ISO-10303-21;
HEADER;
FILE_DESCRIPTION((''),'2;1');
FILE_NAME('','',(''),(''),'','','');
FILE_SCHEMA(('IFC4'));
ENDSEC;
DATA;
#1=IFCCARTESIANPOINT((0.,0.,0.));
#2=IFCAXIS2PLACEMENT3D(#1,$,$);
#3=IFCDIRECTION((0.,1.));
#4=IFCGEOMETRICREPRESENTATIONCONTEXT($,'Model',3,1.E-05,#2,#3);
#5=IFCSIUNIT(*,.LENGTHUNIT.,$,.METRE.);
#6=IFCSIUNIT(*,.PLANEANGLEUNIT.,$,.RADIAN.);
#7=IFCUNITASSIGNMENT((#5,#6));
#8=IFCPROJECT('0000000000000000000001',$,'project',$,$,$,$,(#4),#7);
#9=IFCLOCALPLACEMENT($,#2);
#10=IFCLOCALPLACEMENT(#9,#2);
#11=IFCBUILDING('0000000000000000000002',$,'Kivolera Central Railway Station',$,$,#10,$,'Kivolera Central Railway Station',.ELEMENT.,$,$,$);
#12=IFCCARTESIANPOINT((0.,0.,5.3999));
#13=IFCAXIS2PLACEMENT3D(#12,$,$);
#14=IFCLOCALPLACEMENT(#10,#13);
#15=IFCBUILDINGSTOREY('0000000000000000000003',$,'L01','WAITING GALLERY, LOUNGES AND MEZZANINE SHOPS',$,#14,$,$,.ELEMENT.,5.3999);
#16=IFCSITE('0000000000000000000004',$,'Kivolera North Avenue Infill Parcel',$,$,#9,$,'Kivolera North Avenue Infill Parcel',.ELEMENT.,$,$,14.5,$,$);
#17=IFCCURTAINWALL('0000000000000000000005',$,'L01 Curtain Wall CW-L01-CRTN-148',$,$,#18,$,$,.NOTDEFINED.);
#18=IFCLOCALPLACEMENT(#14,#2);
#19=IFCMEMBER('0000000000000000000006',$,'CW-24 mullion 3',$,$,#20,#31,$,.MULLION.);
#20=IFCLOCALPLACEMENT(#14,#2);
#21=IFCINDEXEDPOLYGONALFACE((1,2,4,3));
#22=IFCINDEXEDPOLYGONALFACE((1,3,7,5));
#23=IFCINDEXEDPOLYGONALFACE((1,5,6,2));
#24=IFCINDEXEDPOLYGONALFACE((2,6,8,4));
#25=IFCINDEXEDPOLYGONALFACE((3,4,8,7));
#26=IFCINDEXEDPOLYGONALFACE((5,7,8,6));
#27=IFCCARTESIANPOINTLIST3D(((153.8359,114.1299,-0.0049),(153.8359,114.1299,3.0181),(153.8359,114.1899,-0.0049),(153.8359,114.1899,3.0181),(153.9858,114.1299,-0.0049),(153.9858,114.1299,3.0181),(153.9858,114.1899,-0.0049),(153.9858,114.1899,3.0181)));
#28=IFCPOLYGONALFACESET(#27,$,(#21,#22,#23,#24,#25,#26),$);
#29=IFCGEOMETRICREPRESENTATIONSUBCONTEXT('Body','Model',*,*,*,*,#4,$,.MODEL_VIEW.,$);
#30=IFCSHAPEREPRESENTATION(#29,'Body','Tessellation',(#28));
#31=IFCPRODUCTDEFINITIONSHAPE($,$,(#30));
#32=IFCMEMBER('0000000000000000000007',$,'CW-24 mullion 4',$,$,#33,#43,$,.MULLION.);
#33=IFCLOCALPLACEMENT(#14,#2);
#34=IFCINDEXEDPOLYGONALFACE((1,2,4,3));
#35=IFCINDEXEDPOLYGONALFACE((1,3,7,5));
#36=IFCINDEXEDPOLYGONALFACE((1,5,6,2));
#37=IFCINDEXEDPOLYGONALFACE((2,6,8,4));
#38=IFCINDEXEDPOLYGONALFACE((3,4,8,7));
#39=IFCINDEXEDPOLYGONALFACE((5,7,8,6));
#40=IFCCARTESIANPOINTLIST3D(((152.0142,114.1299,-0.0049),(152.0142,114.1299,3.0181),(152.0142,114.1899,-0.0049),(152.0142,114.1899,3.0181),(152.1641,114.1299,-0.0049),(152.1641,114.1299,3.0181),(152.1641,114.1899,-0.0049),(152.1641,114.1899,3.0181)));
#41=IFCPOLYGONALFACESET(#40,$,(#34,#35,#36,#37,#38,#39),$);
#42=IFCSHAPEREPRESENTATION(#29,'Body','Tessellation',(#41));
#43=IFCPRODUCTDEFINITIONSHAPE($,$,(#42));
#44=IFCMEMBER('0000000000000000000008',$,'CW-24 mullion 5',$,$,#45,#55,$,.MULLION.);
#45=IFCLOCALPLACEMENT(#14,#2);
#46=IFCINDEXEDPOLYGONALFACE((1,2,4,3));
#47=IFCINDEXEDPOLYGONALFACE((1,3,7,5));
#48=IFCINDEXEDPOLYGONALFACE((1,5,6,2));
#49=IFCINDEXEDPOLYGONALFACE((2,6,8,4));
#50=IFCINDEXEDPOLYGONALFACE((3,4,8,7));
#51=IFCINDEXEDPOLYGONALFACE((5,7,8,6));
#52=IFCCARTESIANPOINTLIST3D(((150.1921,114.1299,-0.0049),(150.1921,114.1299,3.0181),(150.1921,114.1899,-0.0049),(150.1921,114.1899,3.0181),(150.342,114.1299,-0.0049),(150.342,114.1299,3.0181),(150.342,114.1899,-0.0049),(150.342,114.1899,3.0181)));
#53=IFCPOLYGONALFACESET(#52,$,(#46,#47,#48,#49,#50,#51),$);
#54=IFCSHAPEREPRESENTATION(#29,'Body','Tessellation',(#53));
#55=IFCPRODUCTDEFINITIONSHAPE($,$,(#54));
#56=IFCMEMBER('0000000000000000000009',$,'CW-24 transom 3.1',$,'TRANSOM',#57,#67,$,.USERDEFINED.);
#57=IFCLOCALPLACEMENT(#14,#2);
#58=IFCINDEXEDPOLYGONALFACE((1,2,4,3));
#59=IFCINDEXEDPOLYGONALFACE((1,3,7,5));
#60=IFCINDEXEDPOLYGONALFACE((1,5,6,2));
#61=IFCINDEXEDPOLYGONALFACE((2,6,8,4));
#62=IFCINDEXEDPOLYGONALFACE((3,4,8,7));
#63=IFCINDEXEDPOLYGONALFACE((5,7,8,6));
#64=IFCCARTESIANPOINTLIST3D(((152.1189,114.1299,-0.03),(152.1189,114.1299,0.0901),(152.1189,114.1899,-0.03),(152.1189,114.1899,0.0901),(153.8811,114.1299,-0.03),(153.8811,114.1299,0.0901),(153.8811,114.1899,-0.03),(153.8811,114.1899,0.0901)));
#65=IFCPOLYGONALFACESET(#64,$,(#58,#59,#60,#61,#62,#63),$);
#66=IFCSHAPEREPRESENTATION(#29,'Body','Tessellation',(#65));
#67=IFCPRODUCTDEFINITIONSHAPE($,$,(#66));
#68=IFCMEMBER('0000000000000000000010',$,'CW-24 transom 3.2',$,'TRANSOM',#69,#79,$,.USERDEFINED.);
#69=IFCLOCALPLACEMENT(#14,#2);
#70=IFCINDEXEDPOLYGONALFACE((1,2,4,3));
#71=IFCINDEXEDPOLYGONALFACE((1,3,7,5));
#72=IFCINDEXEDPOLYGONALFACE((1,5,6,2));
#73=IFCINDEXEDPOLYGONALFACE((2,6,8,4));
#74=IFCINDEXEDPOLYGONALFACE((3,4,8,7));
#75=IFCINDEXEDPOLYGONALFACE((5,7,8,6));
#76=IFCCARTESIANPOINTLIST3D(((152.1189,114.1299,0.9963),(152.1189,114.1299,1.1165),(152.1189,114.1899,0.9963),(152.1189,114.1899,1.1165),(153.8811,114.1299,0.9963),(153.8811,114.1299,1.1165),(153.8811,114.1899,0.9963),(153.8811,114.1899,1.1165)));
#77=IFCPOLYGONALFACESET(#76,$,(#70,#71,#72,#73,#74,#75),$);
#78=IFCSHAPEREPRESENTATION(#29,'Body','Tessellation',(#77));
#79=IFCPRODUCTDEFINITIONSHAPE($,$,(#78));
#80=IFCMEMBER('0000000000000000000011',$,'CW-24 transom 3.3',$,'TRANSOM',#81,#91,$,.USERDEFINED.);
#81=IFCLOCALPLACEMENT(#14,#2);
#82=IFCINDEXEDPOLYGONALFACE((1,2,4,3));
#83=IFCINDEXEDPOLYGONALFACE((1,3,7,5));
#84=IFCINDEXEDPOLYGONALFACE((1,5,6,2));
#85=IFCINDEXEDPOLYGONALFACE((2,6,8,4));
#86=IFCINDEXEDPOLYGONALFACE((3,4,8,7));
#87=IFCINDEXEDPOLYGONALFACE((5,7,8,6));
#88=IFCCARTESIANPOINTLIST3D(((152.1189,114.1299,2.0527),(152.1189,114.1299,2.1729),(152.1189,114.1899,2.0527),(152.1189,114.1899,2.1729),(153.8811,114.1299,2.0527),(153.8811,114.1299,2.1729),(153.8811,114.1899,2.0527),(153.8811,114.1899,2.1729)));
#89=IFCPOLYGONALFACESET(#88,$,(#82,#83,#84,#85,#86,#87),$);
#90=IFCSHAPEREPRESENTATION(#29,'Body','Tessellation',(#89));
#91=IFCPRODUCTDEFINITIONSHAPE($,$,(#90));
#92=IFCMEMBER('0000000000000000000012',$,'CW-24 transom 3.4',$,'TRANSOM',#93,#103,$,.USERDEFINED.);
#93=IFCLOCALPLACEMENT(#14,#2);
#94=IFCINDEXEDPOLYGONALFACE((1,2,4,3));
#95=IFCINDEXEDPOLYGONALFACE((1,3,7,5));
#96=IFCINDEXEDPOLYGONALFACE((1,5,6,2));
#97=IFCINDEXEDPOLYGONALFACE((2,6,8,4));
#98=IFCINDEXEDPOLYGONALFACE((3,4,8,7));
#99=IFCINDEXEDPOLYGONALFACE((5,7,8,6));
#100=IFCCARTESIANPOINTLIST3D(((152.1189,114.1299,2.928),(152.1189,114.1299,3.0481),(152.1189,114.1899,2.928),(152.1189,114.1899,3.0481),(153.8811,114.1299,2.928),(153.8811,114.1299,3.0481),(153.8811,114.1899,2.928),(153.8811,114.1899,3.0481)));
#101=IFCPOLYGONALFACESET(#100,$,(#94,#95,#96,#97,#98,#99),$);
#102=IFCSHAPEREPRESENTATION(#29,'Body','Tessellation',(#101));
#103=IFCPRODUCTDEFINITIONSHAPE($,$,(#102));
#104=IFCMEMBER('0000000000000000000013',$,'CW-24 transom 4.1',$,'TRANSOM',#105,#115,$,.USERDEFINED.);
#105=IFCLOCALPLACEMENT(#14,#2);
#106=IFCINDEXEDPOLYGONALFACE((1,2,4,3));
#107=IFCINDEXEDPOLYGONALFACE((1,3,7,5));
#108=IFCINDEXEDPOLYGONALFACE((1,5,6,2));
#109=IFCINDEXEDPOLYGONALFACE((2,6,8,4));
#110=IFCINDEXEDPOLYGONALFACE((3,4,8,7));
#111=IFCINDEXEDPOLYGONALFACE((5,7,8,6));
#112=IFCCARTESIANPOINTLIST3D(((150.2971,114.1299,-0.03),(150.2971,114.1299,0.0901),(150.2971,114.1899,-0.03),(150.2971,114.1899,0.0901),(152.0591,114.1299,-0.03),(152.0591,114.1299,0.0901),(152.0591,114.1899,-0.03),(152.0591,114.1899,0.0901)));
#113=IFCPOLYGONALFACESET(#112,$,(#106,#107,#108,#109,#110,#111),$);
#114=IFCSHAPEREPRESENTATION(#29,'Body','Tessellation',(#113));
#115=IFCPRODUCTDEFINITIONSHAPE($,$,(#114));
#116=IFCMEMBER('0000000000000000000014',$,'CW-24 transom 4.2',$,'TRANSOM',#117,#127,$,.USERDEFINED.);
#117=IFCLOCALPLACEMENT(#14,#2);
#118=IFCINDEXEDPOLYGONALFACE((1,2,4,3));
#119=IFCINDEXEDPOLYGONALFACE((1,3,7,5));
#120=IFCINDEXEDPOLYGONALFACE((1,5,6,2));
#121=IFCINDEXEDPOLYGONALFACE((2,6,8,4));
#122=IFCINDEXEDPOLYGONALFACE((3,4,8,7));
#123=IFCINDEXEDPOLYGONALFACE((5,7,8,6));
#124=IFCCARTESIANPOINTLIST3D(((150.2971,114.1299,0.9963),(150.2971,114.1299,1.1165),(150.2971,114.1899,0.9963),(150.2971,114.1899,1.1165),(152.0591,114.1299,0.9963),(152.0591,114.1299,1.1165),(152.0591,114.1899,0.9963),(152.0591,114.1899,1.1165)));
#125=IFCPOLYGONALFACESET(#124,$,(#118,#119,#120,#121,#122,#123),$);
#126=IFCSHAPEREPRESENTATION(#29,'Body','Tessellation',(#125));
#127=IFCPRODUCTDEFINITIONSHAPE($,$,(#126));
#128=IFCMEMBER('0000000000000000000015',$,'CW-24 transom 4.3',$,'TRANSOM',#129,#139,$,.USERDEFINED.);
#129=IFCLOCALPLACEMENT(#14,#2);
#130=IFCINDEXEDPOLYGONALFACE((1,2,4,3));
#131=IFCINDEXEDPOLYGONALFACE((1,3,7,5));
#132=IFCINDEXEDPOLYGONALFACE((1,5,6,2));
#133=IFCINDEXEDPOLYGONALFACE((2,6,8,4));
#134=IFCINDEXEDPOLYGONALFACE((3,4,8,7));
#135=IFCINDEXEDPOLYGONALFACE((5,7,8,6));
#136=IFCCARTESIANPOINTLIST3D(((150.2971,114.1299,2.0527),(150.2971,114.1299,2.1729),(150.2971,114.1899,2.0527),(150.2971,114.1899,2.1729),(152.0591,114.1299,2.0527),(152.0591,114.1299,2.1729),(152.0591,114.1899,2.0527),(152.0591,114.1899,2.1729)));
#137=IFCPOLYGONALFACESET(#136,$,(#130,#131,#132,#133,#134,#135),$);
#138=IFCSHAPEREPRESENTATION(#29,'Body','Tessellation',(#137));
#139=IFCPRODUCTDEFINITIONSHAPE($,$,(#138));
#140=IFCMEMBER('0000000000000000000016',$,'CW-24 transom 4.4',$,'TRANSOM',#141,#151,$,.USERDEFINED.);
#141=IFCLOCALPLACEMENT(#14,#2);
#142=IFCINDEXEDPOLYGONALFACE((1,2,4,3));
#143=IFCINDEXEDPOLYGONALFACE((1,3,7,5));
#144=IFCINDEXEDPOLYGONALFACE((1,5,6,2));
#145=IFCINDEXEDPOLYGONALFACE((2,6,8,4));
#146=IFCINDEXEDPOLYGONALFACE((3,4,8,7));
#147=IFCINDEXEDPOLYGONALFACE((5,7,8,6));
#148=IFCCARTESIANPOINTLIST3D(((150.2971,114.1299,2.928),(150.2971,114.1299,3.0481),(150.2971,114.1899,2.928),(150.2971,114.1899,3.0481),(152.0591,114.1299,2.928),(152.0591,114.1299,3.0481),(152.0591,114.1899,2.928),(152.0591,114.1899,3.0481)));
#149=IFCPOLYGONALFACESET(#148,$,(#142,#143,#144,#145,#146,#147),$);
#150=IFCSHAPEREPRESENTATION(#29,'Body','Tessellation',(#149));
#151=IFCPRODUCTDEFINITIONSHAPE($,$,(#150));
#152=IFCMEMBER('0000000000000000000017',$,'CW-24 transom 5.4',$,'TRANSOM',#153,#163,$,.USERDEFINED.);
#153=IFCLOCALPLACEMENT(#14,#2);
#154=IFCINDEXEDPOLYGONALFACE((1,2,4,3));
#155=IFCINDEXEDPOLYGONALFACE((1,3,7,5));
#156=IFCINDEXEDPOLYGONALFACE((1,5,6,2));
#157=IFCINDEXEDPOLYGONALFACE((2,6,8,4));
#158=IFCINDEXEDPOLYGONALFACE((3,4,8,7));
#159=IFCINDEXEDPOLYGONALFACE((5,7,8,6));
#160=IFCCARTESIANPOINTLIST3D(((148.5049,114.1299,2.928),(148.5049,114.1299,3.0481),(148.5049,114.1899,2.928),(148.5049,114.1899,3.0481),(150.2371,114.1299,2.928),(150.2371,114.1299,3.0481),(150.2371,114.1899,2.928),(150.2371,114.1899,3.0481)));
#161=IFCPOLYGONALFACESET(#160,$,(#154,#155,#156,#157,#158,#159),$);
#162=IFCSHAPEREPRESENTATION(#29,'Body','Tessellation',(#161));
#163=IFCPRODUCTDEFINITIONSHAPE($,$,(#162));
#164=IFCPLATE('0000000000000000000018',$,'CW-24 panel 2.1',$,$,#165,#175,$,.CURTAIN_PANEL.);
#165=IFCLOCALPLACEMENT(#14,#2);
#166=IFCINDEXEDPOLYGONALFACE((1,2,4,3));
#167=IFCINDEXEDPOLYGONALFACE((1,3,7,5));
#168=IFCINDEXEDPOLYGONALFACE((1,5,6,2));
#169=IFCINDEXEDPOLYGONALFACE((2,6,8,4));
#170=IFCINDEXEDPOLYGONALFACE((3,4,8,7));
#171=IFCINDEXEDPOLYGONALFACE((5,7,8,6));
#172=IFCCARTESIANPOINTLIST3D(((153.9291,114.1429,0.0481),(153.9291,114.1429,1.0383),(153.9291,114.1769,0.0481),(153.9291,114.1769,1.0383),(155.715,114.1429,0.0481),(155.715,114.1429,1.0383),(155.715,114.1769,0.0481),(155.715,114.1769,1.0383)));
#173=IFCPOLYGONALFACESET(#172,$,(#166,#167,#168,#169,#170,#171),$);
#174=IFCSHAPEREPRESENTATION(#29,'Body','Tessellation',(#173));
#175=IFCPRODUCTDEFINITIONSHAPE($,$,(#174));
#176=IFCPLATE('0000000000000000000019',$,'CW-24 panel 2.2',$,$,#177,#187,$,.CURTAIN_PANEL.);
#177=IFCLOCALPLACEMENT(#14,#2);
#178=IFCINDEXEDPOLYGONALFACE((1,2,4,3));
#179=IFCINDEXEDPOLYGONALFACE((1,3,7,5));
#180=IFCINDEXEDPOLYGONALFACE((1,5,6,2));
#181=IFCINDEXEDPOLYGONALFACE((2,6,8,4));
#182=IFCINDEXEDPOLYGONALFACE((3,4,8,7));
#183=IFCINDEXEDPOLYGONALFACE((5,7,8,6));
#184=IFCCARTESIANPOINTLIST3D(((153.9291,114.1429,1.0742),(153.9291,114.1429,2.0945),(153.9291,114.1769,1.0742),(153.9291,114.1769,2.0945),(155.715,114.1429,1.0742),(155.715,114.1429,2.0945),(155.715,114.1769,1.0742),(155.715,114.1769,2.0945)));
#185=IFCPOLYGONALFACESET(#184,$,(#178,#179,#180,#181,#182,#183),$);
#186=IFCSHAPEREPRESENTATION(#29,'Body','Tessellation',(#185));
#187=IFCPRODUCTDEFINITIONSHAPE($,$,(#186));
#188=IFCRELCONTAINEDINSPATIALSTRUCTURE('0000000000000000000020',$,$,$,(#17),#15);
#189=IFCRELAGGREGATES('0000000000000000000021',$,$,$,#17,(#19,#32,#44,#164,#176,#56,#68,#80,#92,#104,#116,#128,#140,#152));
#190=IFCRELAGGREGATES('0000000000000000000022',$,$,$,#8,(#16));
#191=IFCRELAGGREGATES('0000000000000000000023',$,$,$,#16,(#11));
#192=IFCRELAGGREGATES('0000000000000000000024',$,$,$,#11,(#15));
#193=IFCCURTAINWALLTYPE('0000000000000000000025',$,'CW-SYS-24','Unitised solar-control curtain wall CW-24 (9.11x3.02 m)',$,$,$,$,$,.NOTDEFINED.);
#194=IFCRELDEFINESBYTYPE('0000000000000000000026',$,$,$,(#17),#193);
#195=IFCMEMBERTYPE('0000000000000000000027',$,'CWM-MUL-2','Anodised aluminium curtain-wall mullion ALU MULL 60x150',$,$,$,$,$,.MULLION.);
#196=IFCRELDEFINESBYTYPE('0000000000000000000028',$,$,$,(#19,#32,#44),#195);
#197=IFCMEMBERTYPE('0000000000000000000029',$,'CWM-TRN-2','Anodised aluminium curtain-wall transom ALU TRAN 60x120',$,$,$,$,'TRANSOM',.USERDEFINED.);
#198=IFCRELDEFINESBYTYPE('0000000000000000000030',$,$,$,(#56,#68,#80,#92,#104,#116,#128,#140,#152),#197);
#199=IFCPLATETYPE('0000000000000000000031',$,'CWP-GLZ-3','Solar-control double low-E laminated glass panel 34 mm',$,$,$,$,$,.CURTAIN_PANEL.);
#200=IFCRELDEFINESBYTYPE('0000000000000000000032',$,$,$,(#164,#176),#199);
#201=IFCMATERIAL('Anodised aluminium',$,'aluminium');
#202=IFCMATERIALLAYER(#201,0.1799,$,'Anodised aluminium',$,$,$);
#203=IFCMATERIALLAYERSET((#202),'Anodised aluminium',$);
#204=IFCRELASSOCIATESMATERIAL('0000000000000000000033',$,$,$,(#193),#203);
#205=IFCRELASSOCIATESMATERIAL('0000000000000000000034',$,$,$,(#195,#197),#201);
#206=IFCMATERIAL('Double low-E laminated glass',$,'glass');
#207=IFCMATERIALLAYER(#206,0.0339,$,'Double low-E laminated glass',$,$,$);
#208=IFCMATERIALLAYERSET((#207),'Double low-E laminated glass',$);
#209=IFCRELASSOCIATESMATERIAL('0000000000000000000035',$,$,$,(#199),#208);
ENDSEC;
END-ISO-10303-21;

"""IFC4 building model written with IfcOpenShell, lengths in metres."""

from ifc_helpers import new_model, si_unit, direction, frame, origin, origin_2d, place, context, subcontext, project, spatial, rectangle, extrude, material, layer, layer_set, material_profile, profile_set, type_object, element, aggregate, save


model = new_model("IFC4")

# Units and contexts
model_context = context("Model", 3, precision=1e-05, world=origin(), true_north=direction((0.0, 1.0)))
body_context = subcontext(model_context, "Body", "Model", "MODEL_VIEW")
ifc_project = project(units=[si_unit("LENGTHUNIT", "METRE"), si_unit("PLANEANGLEUNIT", "RADIAN")], contexts=[model_context])

# Site, building, storey
site_placement = place(None, origin())
site = spatial("IfcSite", under=ifc_project, at=site_placement, Name="Kivolera North Avenue Infill Parcel", LongName="Kivolera North Avenue Infill Parcel", CompositionType="ELEMENT", RefElevation=14.5)
building_placement = place(site_placement, origin())
building = spatial("IfcBuilding", under=site, at=building_placement, Name="Kivolera Central Railway Station", LongName="Kivolera Central Railway Station", CompositionType="ELEMENT")
storey_placement = place(building_placement, frame((0.0, 0.0, 5.3999)))
storey = spatial("IfcBuildingStorey", under=building, at=storey_placement, Name="L01", Description="WAITING GALLERY, LOUNGES AND MEZZANINE SHOPS", CompositionType="ELEMENT", Elevation=5.3999)

# Curtain wall, members, plates
ifc_material_1 = material(Name="Anodised aluminium", Category="aluminium")
ifc_layer_1 = layer(ifc_material_1, 0.1799, Name="Anodised aluminium")
ifc_layer_set_1 = layer_set([ifc_layer_1], Name="Anodised aluminium")
curtain_wall_type = type_object("IfcCurtainWallType", Name="CW-SYS-24", Description="Unitised solar-control curtain wall CW-24 (9.11x3.02 m)", PredefinedType="NOTDEFINED", material=ifc_layer_set_1)
curtain_wall_placement = place(storey_placement, origin())
curtain_wall = element("IfcCurtainWall", 1, at=curtain_wall_placement, inside=storey, type_object=curtain_wall_type, Name="L01 Curtain Wall CW-L01-CRTN-148", PredefinedType="NOTDEFINED")
ifc_material_profile_1 = material_profile(ifc_material_1, rectangle(XDim=0.0601, YDim=0.1499, at=origin_2d()), Name="ALU MULL 60x150")
ifc_profile_set_1 = profile_set([ifc_material_profile_1], Name="Anodised aluminium")
member_type_1 = type_object("IfcMemberType", Name="CWM-MUL-2", Description="Anodised aluminium curtain-wall mullion ALU MULL 60x150", PredefinedType="MULLION", material=ifc_profile_set_1)
member_1_placement = place(storey_placement, frame((153.9109, 114.1599, -0.0049), z_axis=(0.0, 0.0, 1.0), x_axis=(0.0, -1.0, 0.0)))
member_1 = element("IfcMember", 2, at=member_1_placement, type_object=member_type_1, Name="CW-24 mullion 3", PredefinedType="MULLION", context=body_context, shape_type="SweptSolid", body=[
    extrude(rectangle(XDim=0.0601, YDim=0.1499, at=origin_2d()), origin(), (0.0, 0.0, 1.0), 3.0229),
])
member_2_placement = place(storey_placement, frame((152.0891, 114.1599, -0.0049), z_axis=(0.0, 0.0, 1.0), x_axis=(0.0, -1.0, 0.0)))
member_2 = element("IfcMember", 3, at=member_2_placement, type_object=member_type_1, Name="CW-24 mullion 4", PredefinedType="MULLION", context=body_context, shape_type="SweptSolid", body=[
    extrude(rectangle(XDim=0.0601, YDim=0.1499, at=origin_2d()), origin(), (0.0, 0.0, 1.0), 3.0229),
])
member_3_placement = place(storey_placement, frame((150.2671, 114.1599, -0.0049), z_axis=(0.0, 0.0, 1.0), x_axis=(0.0, -1.0, 0.0)))
member_3 = element("IfcMember", 4, at=member_3_placement, type_object=member_type_1, Name="CW-24 mullion 5", PredefinedType="MULLION", context=body_context, shape_type="SweptSolid", body=[
    extrude(rectangle(XDim=0.0601, YDim=0.1499, at=origin_2d()), origin(), (0.0, 0.0, 1.0), 3.0229),
])
ifc_material_profile_2 = material_profile(ifc_material_1, rectangle(XDim=0.0601, YDim=0.1201, at=origin_2d()), Name="ALU TRAN 60x120")
ifc_profile_set_2 = profile_set([ifc_material_profile_2], Name="Anodised aluminium")
member_type_2 = type_object("IfcMemberType", Name="CWM-TRN-2", Description="Anodised aluminium curtain-wall transom ALU TRAN 60x120", ElementType="TRANSOM", PredefinedType="USERDEFINED", material=ifc_profile_set_2)
member_4_placement = place(storey_placement, frame((153.8811, 114.1599, 0.03), z_axis=(-1.0, 0.0, 0.0), x_axis=(0.0, -1.0, 0.0)))
member_4 = element("IfcMember", 5, at=member_4_placement, type_object=member_type_2, Name="CW-24 transom 3.1", ObjectType="TRANSOM", PredefinedType="USERDEFINED", context=body_context, shape_type="SweptSolid", body=[
    extrude(rectangle(XDim=0.0601, YDim=0.1201, at=origin_2d()), origin(), (0.0, 0.0, 1.0), 1.7622),
])
member_5_placement = place(storey_placement, frame((153.8811, 114.1599, 1.0564), z_axis=(-1.0, 0.0, 0.0), x_axis=(0.0, -1.0, 0.0)))
member_5 = element("IfcMember", 6, at=member_5_placement, type_object=member_type_2, Name="CW-24 transom 3.2", ObjectType="TRANSOM", PredefinedType="USERDEFINED", context=body_context, shape_type="SweptSolid", body=[
    extrude(rectangle(XDim=0.0601, YDim=0.1201, at=origin_2d()), origin(), (0.0, 0.0, 1.0), 1.7622),
])
member_6_placement = place(storey_placement, frame((153.8811, 114.1599, 2.1128), z_axis=(-1.0, 0.0, 0.0), x_axis=(0.0, -1.0, 0.0)))
member_6 = element("IfcMember", 7, at=member_6_placement, type_object=member_type_2, Name="CW-24 transom 3.3", ObjectType="TRANSOM", PredefinedType="USERDEFINED", context=body_context, shape_type="SweptSolid", body=[
    extrude(rectangle(XDim=0.0601, YDim=0.1201, at=origin_2d()), origin(), (0.0, 0.0, 1.0), 1.7622),
])
member_7_placement = place(storey_placement, frame((153.8811, 114.1599, 2.988), z_axis=(-1.0, 0.0, 0.0), x_axis=(0.0, -1.0, 0.0)))
member_7 = element("IfcMember", 8, at=member_7_placement, type_object=member_type_2, Name="CW-24 transom 3.4", ObjectType="TRANSOM", PredefinedType="USERDEFINED", context=body_context, shape_type="SweptSolid", body=[
    extrude(rectangle(XDim=0.0601, YDim=0.1201, at=origin_2d()), origin(), (0.0, 0.0, 1.0), 1.7622),
])
member_8_placement = place(storey_placement, frame((152.0591, 114.1599, 0.03), z_axis=(-1.0, 0.0, 0.0), x_axis=(0.0, -1.0, 0.0)))
member_8 = element("IfcMember", 9, at=member_8_placement, type_object=member_type_2, Name="CW-24 transom 4.1", ObjectType="TRANSOM", PredefinedType="USERDEFINED", context=body_context, shape_type="SweptSolid", body=[
    extrude(rectangle(XDim=0.0601, YDim=0.1201, at=origin_2d()), origin(), (0.0, 0.0, 1.0), 1.762),
])
member_9_placement = place(storey_placement, frame((152.0591, 114.1599, 1.0564), z_axis=(-1.0, 0.0, 0.0), x_axis=(0.0, -1.0, 0.0)))
member_9 = element("IfcMember", 10, at=member_9_placement, type_object=member_type_2, Name="CW-24 transom 4.2", ObjectType="TRANSOM", PredefinedType="USERDEFINED", context=body_context, shape_type="SweptSolid", body=[
    extrude(rectangle(XDim=0.0601, YDim=0.1201, at=origin_2d()), origin(), (0.0, 0.0, 1.0), 1.762),
])
member_10_placement = place(storey_placement, frame((152.0591, 114.1599, 2.1128), z_axis=(-1.0, 0.0, 0.0), x_axis=(0.0, -1.0, 0.0)))
member_10 = element("IfcMember", 11, at=member_10_placement, type_object=member_type_2, Name="CW-24 transom 4.3", ObjectType="TRANSOM", PredefinedType="USERDEFINED", context=body_context, shape_type="SweptSolid", body=[
    extrude(rectangle(XDim=0.0601, YDim=0.1201, at=origin_2d()), origin(), (0.0, 0.0, 1.0), 1.762),
])
member_11_placement = place(storey_placement, frame((152.0591, 114.1599, 2.988), z_axis=(-1.0, 0.0, 0.0), x_axis=(0.0, -1.0, 0.0)))
member_11 = element("IfcMember", 12, at=member_11_placement, type_object=member_type_2, Name="CW-24 transom 4.4", ObjectType="TRANSOM", PredefinedType="USERDEFINED", context=body_context, shape_type="SweptSolid", body=[
    extrude(rectangle(XDim=0.0601, YDim=0.1201, at=origin_2d()), origin(), (0.0, 0.0, 1.0), 1.762),
])
member_12_placement = place(storey_placement, frame((150.2371, 114.1599, 2.988), z_axis=(-1.0, 0.0, 0.0), x_axis=(0.0, -1.0, 0.0)))
member_12 = element("IfcMember", 13, at=member_12_placement, type_object=member_type_2, Name="CW-24 transom 5.4", ObjectType="TRANSOM", PredefinedType="USERDEFINED", context=body_context, shape_type="SweptSolid", body=[
    extrude(rectangle(XDim=0.0601, YDim=0.1201, at=origin_2d()), origin(), (0.0, 0.0, 1.0), 1.7322),
])
ifc_material_2 = material(Name="Double low-E laminated glass", Category="glass")
ifc_layer_2 = layer(ifc_material_2, 0.0339, Name="Double low-E laminated glass")
ifc_layer_set_2 = layer_set([ifc_layer_2], Name="Double low-E laminated glass")
plate_type = type_object("IfcPlateType", Name="CWP-GLZ-3", Description="Solar-control double low-E laminated glass panel 34 mm", PredefinedType="CURTAIN_PANEL", material=ifc_layer_set_2)
plate_1_placement = place(storey_placement, frame((154.822, 114.1599, 0.0481), z_axis=(0.0, 0.0, 1.0), x_axis=(-1.0, 0.0, 0.0)))
plate_1 = element("IfcPlate", 14, at=plate_1_placement, type_object=plate_type, Name="CW-24 panel 2.1", PredefinedType="CURTAIN_PANEL", context=body_context, shape_type="SweptSolid", body=[
    extrude(rectangle(XDim=1.7859, YDim=0.0339, at=origin_2d()), origin(), (0.0, 0.0, 1.0), 0.9902),
])
plate_2_placement = place(storey_placement, frame((154.822, 114.1599, 1.0742), z_axis=(0.0, 0.0, 1.0), x_axis=(-1.0, 0.0, 0.0)))
plate_2 = element("IfcPlate", 15, at=plate_2_placement, type_object=plate_type, Name="CW-24 panel 2.2", PredefinedType="CURTAIN_PANEL", context=body_context, shape_type="SweptSolid", body=[
    extrude(rectangle(XDim=1.7859, YDim=0.0339, at=origin_2d()), origin(), (0.0, 0.0, 1.0), 1.0203),
])
aggregate(curtain_wall, [member_1, member_2, member_3, plate_1, plate_2, member_4, member_5, member_6, member_7, member_8, member_9, member_10, member_11, member_12])

save(model, "model.ifc")
